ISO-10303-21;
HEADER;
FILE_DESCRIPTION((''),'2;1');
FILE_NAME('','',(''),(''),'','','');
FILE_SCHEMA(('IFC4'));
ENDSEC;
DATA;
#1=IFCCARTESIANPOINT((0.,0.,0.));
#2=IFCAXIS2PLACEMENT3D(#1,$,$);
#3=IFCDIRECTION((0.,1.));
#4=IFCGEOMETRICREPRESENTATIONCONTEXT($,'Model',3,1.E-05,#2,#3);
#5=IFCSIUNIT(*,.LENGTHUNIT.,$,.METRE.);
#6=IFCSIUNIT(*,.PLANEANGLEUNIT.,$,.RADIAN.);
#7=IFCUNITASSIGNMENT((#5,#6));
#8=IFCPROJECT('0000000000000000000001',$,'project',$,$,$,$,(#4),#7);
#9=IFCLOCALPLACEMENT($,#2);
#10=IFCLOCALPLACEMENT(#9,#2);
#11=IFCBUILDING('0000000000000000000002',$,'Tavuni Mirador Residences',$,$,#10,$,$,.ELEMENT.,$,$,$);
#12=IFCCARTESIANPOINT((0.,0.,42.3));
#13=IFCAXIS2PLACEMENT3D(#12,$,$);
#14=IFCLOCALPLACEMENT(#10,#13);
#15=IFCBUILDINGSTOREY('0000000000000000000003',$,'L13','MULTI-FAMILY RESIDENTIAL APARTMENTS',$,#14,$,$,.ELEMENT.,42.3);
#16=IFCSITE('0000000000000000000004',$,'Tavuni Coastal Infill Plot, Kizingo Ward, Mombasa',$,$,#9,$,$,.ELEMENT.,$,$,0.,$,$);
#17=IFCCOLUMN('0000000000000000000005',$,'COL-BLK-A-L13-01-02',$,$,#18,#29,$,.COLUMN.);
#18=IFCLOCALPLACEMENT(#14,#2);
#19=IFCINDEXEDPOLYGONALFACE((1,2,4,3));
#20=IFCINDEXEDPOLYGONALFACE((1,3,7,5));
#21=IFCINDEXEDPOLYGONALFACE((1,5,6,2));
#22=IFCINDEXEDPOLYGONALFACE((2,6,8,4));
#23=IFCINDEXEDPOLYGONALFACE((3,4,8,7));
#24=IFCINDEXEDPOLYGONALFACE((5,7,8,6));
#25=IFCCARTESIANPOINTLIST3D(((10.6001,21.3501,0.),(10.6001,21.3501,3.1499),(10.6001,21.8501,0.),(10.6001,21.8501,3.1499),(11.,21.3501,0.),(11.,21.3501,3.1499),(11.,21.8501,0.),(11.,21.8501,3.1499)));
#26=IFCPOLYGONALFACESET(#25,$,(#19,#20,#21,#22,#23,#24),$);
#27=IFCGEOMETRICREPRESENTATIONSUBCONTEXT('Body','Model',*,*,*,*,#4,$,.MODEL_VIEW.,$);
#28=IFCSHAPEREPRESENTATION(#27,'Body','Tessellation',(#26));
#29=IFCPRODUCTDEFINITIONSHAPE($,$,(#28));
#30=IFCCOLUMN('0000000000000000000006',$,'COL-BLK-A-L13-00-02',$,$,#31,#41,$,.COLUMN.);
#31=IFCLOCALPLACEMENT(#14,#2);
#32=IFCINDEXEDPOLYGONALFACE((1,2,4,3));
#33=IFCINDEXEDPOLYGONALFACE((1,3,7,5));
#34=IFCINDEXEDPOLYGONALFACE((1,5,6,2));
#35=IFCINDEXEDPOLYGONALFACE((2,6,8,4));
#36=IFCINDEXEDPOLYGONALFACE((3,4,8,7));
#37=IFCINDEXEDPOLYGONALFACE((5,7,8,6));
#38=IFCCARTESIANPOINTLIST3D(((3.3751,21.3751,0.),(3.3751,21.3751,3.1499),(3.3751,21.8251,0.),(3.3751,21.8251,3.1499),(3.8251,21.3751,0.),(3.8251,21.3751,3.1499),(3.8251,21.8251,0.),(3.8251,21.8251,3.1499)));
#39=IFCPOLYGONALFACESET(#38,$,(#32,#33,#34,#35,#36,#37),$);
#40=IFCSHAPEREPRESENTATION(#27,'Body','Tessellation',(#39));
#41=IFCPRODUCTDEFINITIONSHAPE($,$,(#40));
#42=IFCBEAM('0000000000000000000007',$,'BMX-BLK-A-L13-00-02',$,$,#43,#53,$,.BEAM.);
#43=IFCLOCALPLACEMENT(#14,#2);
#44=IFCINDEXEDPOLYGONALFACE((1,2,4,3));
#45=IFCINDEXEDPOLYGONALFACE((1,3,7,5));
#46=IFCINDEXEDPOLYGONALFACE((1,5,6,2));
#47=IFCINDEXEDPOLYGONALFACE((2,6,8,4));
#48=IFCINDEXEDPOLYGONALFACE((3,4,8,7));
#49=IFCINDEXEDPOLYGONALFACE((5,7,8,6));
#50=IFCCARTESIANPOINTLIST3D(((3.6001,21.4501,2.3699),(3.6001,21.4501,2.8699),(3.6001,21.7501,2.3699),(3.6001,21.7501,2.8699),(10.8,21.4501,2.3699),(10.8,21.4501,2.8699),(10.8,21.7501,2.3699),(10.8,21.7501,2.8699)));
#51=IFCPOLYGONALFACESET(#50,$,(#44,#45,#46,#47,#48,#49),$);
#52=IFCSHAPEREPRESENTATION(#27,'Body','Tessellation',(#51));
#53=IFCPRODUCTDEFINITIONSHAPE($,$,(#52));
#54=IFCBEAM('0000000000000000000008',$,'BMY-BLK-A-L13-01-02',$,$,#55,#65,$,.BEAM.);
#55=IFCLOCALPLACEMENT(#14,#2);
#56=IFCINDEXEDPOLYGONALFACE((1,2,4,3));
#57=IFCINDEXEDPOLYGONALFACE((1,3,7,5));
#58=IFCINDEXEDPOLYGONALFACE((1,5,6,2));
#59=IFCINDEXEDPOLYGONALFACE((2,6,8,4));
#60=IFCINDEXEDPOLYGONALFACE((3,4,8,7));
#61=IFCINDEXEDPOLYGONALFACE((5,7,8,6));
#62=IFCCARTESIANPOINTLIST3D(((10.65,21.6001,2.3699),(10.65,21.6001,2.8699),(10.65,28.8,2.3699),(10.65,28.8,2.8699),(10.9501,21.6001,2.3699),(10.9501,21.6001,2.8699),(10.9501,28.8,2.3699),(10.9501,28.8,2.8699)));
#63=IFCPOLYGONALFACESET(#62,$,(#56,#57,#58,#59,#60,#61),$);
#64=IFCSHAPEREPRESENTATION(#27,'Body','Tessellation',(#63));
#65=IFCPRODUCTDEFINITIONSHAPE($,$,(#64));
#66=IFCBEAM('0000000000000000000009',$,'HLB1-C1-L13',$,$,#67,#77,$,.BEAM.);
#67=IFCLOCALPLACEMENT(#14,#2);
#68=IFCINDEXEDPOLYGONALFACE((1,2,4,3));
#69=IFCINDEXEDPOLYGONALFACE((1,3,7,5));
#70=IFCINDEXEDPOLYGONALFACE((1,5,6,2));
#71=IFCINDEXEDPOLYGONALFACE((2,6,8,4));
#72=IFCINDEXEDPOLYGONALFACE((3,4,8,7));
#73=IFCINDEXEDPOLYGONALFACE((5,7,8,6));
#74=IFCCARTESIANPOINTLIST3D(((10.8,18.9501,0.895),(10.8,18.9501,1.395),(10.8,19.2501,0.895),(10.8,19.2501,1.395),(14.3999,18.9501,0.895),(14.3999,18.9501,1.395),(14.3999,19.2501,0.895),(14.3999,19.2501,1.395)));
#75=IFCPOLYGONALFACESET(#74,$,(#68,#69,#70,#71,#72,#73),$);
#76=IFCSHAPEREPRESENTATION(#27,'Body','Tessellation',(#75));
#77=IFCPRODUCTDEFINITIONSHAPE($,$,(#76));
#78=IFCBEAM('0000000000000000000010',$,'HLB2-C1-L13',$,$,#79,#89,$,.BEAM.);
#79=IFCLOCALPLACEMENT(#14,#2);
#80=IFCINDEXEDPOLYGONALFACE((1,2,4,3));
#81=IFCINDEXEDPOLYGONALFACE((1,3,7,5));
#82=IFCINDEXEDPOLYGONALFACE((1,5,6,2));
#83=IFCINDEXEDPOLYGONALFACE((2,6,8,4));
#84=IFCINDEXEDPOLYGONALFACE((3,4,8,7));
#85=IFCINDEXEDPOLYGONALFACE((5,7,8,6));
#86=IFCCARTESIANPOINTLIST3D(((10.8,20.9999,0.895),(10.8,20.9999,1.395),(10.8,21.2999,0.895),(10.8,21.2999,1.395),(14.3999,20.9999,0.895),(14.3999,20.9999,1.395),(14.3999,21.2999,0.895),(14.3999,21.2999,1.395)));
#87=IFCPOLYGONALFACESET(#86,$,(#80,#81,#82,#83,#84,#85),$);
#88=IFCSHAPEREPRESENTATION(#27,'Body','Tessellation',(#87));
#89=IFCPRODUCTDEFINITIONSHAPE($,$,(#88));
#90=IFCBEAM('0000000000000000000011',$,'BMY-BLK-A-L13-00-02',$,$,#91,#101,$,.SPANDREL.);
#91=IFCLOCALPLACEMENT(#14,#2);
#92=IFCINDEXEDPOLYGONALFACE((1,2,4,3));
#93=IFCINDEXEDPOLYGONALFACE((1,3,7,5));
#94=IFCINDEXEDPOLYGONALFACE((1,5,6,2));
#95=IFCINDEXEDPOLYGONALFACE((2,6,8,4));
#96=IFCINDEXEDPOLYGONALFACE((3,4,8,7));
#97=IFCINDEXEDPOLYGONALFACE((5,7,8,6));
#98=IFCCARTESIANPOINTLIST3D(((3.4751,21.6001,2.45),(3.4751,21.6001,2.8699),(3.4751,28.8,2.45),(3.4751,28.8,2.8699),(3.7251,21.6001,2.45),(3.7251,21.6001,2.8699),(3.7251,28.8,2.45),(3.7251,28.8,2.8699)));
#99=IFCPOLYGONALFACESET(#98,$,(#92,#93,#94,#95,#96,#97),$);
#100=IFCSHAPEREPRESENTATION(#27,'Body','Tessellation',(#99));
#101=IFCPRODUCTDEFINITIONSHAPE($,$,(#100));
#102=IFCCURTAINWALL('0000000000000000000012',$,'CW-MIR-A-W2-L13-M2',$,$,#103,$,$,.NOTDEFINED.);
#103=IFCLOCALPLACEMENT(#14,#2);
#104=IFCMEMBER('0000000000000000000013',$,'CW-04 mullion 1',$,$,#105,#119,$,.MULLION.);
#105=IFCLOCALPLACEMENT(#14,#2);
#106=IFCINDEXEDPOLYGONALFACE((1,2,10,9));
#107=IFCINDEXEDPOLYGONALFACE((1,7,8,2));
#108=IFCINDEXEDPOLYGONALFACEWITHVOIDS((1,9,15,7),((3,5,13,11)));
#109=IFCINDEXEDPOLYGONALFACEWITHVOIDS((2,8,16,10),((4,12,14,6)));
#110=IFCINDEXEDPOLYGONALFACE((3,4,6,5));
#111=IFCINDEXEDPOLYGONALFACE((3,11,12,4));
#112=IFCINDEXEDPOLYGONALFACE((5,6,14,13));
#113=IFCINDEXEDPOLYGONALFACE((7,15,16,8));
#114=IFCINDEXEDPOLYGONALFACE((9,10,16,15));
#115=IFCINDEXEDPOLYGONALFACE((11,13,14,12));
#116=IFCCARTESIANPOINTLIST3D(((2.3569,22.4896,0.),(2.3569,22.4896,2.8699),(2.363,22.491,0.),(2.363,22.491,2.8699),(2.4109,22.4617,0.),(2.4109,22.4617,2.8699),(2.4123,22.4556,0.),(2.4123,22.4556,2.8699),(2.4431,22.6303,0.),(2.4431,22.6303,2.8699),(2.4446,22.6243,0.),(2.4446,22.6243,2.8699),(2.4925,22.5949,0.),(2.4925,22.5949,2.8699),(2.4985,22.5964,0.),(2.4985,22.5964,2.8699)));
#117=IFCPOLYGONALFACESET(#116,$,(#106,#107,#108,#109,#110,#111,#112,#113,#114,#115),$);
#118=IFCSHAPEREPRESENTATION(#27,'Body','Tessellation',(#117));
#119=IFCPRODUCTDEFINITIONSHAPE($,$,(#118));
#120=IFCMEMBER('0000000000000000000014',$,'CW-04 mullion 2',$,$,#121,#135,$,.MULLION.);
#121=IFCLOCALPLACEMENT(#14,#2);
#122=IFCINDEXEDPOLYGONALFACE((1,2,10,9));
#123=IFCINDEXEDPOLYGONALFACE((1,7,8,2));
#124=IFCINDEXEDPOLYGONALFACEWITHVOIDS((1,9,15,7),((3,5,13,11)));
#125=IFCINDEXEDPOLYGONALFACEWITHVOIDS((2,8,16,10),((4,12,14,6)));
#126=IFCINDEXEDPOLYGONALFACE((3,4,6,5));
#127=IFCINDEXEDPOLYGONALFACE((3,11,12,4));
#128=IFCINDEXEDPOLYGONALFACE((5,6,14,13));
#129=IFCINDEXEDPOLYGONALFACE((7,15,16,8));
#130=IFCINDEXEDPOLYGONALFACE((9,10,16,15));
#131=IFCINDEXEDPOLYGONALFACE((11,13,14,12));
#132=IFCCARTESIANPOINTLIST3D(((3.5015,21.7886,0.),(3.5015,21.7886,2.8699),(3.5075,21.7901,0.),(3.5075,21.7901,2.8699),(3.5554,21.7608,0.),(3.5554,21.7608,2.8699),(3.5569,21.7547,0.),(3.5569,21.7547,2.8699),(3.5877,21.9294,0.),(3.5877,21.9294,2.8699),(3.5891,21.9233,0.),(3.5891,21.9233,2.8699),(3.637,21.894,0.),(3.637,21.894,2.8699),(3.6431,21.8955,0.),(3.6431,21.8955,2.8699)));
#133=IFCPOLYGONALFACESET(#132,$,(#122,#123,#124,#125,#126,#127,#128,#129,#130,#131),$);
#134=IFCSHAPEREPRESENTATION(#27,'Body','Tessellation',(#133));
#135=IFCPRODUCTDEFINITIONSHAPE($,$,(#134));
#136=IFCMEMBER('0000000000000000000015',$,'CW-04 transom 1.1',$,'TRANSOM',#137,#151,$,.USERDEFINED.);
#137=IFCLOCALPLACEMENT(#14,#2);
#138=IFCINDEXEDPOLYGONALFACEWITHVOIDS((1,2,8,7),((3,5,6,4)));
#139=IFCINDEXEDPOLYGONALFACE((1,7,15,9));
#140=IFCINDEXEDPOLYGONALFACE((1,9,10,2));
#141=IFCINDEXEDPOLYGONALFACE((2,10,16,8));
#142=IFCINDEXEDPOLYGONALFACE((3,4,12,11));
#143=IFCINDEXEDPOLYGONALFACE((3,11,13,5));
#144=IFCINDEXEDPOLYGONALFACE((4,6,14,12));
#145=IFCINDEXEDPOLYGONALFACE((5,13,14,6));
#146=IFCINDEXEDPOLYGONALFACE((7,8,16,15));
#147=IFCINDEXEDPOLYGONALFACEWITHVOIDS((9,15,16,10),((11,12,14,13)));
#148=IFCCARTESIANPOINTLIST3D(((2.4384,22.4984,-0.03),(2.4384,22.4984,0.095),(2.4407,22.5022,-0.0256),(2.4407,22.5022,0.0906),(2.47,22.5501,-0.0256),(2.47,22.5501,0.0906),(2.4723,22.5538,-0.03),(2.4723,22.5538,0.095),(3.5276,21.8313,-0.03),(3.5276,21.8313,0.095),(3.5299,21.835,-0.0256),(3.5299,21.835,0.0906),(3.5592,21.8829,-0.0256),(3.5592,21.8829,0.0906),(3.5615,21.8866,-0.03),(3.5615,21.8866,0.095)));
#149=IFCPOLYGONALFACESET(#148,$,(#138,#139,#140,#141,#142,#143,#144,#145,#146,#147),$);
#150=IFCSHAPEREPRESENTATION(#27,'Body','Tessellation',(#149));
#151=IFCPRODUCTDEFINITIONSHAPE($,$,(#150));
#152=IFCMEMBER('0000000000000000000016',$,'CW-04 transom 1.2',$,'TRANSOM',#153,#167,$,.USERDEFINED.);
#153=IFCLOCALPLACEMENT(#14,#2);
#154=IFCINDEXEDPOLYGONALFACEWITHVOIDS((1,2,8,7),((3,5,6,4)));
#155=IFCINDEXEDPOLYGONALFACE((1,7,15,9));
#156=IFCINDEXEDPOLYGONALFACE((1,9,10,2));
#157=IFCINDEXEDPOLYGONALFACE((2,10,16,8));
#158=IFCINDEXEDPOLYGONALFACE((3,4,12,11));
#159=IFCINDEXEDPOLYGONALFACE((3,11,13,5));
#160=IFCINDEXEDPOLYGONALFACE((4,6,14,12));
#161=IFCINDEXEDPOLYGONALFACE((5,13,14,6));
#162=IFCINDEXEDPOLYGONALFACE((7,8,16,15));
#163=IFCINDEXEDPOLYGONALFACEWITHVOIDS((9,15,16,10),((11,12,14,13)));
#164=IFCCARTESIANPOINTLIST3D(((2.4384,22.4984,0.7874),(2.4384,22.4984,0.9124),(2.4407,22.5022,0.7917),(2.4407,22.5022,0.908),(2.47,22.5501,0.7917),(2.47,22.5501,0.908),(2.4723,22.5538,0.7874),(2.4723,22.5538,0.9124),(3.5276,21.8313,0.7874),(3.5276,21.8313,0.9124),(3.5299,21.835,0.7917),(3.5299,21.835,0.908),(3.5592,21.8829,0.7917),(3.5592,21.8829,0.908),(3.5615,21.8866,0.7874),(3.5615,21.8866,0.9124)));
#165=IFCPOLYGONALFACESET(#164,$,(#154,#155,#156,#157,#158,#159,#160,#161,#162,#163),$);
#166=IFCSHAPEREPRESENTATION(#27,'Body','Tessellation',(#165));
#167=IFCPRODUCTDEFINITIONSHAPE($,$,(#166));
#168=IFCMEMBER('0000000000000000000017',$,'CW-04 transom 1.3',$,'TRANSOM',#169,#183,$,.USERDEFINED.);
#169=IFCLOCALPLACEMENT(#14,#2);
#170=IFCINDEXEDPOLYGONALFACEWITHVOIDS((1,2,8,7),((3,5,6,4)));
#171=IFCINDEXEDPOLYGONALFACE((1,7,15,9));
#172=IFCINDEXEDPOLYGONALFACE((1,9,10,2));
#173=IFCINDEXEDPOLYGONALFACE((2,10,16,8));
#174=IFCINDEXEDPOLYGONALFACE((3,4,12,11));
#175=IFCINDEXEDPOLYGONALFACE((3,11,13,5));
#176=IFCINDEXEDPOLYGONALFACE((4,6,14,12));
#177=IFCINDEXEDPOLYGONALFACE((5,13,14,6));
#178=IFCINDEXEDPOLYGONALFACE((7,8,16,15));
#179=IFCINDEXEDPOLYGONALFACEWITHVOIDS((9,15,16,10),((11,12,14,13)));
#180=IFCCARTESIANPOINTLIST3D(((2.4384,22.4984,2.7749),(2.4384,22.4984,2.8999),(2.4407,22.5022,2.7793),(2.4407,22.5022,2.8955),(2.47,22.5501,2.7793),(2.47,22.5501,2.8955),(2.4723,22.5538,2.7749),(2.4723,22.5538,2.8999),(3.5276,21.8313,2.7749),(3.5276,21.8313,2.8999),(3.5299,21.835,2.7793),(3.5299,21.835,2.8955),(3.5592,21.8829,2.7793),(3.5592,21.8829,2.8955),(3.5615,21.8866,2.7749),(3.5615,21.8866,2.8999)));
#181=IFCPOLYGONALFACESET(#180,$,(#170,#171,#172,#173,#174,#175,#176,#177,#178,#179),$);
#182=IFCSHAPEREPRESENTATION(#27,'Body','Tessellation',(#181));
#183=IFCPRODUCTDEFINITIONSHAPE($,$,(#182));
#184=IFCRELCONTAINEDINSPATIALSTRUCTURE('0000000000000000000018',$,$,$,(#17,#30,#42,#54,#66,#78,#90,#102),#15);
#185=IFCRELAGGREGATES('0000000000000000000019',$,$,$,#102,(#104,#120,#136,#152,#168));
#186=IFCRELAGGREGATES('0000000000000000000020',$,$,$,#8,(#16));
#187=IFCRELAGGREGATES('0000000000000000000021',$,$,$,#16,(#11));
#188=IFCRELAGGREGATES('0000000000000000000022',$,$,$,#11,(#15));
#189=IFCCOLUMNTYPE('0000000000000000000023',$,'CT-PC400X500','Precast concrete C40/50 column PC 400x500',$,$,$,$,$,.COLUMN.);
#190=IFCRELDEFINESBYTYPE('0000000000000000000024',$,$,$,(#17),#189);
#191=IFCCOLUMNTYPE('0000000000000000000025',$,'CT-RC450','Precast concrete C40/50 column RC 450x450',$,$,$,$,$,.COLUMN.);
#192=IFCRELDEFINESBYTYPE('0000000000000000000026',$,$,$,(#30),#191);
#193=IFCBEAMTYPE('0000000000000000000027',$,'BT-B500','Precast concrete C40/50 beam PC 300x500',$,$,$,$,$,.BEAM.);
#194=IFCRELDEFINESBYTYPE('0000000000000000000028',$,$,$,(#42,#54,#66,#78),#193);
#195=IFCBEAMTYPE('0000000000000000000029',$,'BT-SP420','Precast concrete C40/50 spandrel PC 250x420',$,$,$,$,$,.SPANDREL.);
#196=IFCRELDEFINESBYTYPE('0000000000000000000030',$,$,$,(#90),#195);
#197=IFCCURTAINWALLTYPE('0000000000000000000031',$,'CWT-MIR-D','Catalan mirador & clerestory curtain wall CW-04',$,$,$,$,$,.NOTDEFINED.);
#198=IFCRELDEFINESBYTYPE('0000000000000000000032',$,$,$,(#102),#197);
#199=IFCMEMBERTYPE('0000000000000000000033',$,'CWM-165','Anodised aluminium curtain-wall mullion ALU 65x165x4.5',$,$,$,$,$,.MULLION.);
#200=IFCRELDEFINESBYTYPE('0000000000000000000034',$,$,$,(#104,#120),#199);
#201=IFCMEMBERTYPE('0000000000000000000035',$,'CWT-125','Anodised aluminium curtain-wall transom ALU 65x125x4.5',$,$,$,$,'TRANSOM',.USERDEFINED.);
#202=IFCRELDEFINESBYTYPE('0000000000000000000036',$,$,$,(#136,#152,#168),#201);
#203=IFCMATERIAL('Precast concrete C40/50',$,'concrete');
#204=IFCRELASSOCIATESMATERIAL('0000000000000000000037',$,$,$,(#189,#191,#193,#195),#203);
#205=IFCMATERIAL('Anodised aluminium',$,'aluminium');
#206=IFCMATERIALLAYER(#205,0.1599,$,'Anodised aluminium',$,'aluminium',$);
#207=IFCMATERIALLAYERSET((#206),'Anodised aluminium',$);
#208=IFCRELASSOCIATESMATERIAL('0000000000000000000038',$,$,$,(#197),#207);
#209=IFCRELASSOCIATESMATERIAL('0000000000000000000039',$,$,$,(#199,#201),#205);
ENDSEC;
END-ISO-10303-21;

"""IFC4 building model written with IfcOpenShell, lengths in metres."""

from ifc_helpers import new_model, si_unit, direction, frame, origin, origin_2d, place, context, subcontext, project, spatial, rectangle, hollow_rectangle, extrude, material, layer, layer_set, material_profile, profile_set, type_object, element, aggregate, save


model = new_model("IFC4")

# Units and contexts
model_context = context("Model", 3, precision=1e-05, world=origin(), true_north=direction((0.0, 1.0)))
body_context = subcontext(model_context, "Body", "Model", "MODEL_VIEW")
ifc_project = project(units=[si_unit("LENGTHUNIT", "METRE"), si_unit("PLANEANGLEUNIT", "RADIAN")], contexts=[model_context])

# Site, building, storey
site_placement = place(None, origin())
site = spatial("IfcSite", under=ifc_project, at=site_placement, Name="Tavuni Coastal Infill Plot, Kizingo Ward, Mombasa", CompositionType="ELEMENT", RefElevation=0.0)
building_placement = place(site_placement, origin())
building = spatial("IfcBuilding", under=site, at=building_placement, Name="Tavuni Mirador Residences", CompositionType="ELEMENT")
storey_placement = place(building_placement, frame((0.0, 0.0, 42.3)))
storey = spatial("IfcBuildingStorey", under=building, at=storey_placement, Name="L13", Description="MULTI-FAMILY RESIDENTIAL APARTMENTS", CompositionType="ELEMENT", Elevation=42.3)

# Columns
ifc_material_1 = material(Name="Precast concrete C40/50", Category="concrete")
ifc_material_profile_1 = material_profile(ifc_material_1, rectangle(XDim=0.3999, YDim=0.5, at=origin_2d()), Name="PC 400x500", Category="concrete")
ifc_profile_set_1 = profile_set([ifc_material_profile_1], Name="Precast concrete C40/50")
column_type_1 = type_object("IfcColumnType", Name="CT-PC400X500", Description="Precast concrete C40/50 column PC 400x500", PredefinedType="COLUMN", material=ifc_profile_set_1)
column_1_placement = place(storey_placement, frame((10.8, 21.6001, 0.0), z_axis=(0.0, 0.0, 1.0), x_axis=(1.0, 0.0, 0.0)))
element("IfcColumn", 1, at=column_1_placement, inside=storey, type_object=column_type_1, Name="COL-BLK-A-L13-01-02", PredefinedType="COLUMN", context=body_context, shape_type="SweptSolid", body=[
    extrude(rectangle(XDim=0.3999, YDim=0.5, at=origin_2d()), origin(), (0.0, 0.0, 1.0), 3.1499),
])
ifc_material_profile_2 = material_profile(ifc_material_1, rectangle(XDim=0.45, YDim=0.45, at=origin_2d()), Name="RC 450x450", Category="concrete")
ifc_profile_set_2 = profile_set([ifc_material_profile_2], Name="Precast concrete C40/50")
column_type_2 = type_object("IfcColumnType", Name="CT-RC450", Description="Precast concrete C40/50 column RC 450x450", PredefinedType="COLUMN", material=ifc_profile_set_2)
column_2_placement = place(storey_placement, frame((3.6001, 21.6001, 0.0), z_axis=(0.0, 0.0, 1.0), x_axis=(1.0, 0.0, 0.0)))
element("IfcColumn", 2, at=column_2_placement, inside=storey, type_object=column_type_2, Name="COL-BLK-A-L13-00-02", PredefinedType="COLUMN", context=body_context, shape_type="SweptSolid", body=[
    extrude(rectangle(XDim=0.45, YDim=0.45, at=origin_2d()), origin(), (0.0, 0.0, 1.0), 3.1499),
])

# Beams
ifc_material_profile_3 = material_profile(ifc_material_1, rectangle(XDim=0.3, YDim=0.5, at=origin_2d()), Name="PC 300x500", Category="concrete")
ifc_profile_set_3 = profile_set([ifc_material_profile_3], Name="Precast concrete C40/50")
beam_type_1 = type_object("IfcBeamType", Name="BT-B500", Description="Precast concrete C40/50 beam PC 300x500", PredefinedType="BEAM", material=ifc_profile_set_3)
for number, where, z_axis, x_axis, name in (
    (3, (3.6001, 21.6001, 2.6199), (1.0, 0.0, 0.0), (0.0, 1.0, 0.0), "BMX-BLK-A-L13-00-02"),
    (4, (10.8, 21.6001, 2.6199), (0.0, 1.0, 0.0), (-1.0, 0.0, 0.0), "BMY-BLK-A-L13-01-02"),
):
    element("IfcBeam", number, at=place(storey_placement, frame(where, z_axis=z_axis, x_axis=x_axis)), inside=storey, type_object=beam_type_1, Name=name, PredefinedType="BEAM", context=body_context, shape_type="SweptSolid", body=[
        extrude(rectangle(XDim=0.3, YDim=0.5, at=origin_2d()), origin(), (0.0, 0.0, 1.0), 7.2),
    ])
for number, where, z_axis, x_axis, name in (
    (5, (10.8, 19.1001, 1.145), (1.0, 0.0, 0.0), (0.0, 1.0, 0.0), "HLB1-C1-L13"),
    (6, (10.8, 21.1499, 1.145), (1.0, 0.0, 0.0), (0.0, 1.0, 0.0), "HLB2-C1-L13"),
):
    element("IfcBeam", number, at=place(storey_placement, frame(where, z_axis=z_axis, x_axis=x_axis)), inside=storey, type_object=beam_type_1, Name=name, PredefinedType="BEAM", context=body_context, shape_type="SweptSolid", body=[
        extrude(rectangle(XDim=0.3, YDim=0.5, at=origin_2d()), origin(), (0.0, 0.0, 1.0), 3.5999),
    ])
ifc_material_profile_4 = material_profile(ifc_material_1, rectangle(XDim=0.25, YDim=0.4199, at=origin_2d()), Name="PC 250x420", Category="concrete")
ifc_profile_set_4 = profile_set([ifc_material_profile_4], Name="Precast concrete C40/50")
beam_type_2 = type_object("IfcBeamType", Name="BT-SP420", Description="Precast concrete C40/50 spandrel PC 250x420", PredefinedType="SPANDREL", material=ifc_profile_set_4)
beam_placement = place(storey_placement, frame((3.6001, 21.6001, 2.6599), z_axis=(0.0, 1.0, 0.0), x_axis=(-1.0, 0.0, 0.0)))
element("IfcBeam", 7, at=beam_placement, inside=storey, type_object=beam_type_2, Name="BMY-BLK-A-L13-00-02", PredefinedType="SPANDREL", context=body_context, shape_type="SweptSolid", body=[
    extrude(rectangle(XDim=0.25, YDim=0.4199, at=origin_2d()), origin(), (0.0, 0.0, 1.0), 7.2),
])

# Curtain wall, members
ifc_material_2 = material(Name="Anodised aluminium", Category="aluminium")
ifc_layer_1 = layer(ifc_material_2, 0.1599, Name="Anodised aluminium", Category="aluminium")
ifc_layer_set_1 = layer_set([ifc_layer_1], Name="Anodised aluminium")
curtain_wall_type = type_object("IfcCurtainWallType", Name="CWT-MIR-D", Description="Catalan mirador & clerestory curtain wall CW-04", PredefinedType="NOTDEFINED", material=ifc_layer_set_1)
curtain_wall_placement = place(storey_placement, origin())
curtain_wall = element("IfcCurtainWall", 8, at=curtain_wall_placement, inside=storey, type_object=curtain_wall_type, Name="CW-MIR-A-W2-L13-M2", PredefinedType="NOTDEFINED")
ifc_material_profile_5 = material_profile(ifc_material_2, hollow_rectangle(XDim=0.0649, YDim=0.165, WallThickness=0.0044, at=origin_2d()), Name="ALU 65x165x4.5", Category="aluminium")
ifc_profile_set_5 = profile_set([ifc_material_profile_5], Name="Anodised aluminium")
member_type_1 = type_object("IfcMemberType", Name="CWM-165", Description="Anodised aluminium curtain-wall mullion ALU 65x165x4.5", PredefinedType="MULLION", material=ifc_profile_set_5)
member_1_placement = place(storey_placement, frame((2.4277, 22.543, 0.0), z_axis=(0.0, 0.0, 1.0), x_axis=(0.852754, -0.522312, 0.0)))
member_1 = element("IfcMember", 9, at=member_1_placement, type_object=member_type_1, Name="CW-04 mullion 1", PredefinedType="MULLION", context=body_context, shape_type="SweptSolid", body=[
    extrude(hollow_rectangle(XDim=0.0649, YDim=0.165, WallThickness=0.0044, at=origin_2d()), origin(), (0.0, 0.0, 1.0), 2.8699),
])
member_2_placement = place(storey_placement, frame((3.5723, 21.842, 0.0), z_axis=(0.0, 0.0, 1.0), x_axis=(0.852754, -0.522312, 0.0)))
member_2 = element("IfcMember", 10, at=member_2_placement, type_object=member_type_1, Name="CW-04 mullion 2", PredefinedType="MULLION", context=body_context, shape_type="SweptSolid", body=[
    extrude(hollow_rectangle(XDim=0.0649, YDim=0.165, WallThickness=0.0044, at=origin_2d()), origin(), (0.0, 0.0, 1.0), 2.8699),
])
ifc_material_profile_6 = material_profile(ifc_material_2, hollow_rectangle(XDim=0.0649, YDim=0.125, WallThickness=0.0044, at=origin_2d()), Name="ALU 65x125x4.5", Category="aluminium")
ifc_profile_set_6 = profile_set([ifc_material_profile_6], Name="Anodised aluminium")
member_type_2 = type_object("IfcMemberType", Name="CWT-125", Description="Anodised aluminium curtain-wall transom ALU 65x125x4.5", ElementType="TRANSOM", PredefinedType="USERDEFINED", material=ifc_profile_set_6)
member_3_placement = place(storey_placement, frame((2.4553, 22.5261, 0.0325), z_axis=(0.852752, -0.522316, 0.0), x_axis=(0.522316, 0.852752, 0.0)))
member_3 = element("IfcMember", 11, at=member_3_placement, type_object=member_type_2, Name="CW-04 transom 1.1", ObjectType="TRANSOM", PredefinedType="USERDEFINED", context=body_context, shape_type="SweptSolid", body=[
    extrude(hollow_rectangle(XDim=0.0649, YDim=0.125, WallThickness=0.0044, at=origin_2d()), origin(), (0.0, 0.0, 1.0), 1.2773),
])
member_4_placement = place(storey_placement, frame((2.4553, 22.5261, 0.8499), z_axis=(0.852752, -0.522316, 0.0), x_axis=(0.522316, 0.852752, 0.0)))
member_4 = element("IfcMember", 12, at=member_4_placement, type_object=member_type_2, Name="CW-04 transom 1.2", ObjectType="TRANSOM", PredefinedType="USERDEFINED", context=body_context, shape_type="SweptSolid", body=[
    extrude(hollow_rectangle(XDim=0.0649, YDim=0.125, WallThickness=0.0044, at=origin_2d()), origin(), (0.0, 0.0, 1.0), 1.2773),
])
member_5_placement = place(storey_placement, frame((2.4553, 22.5261, 2.8374), z_axis=(0.852752, -0.522316, 0.0), x_axis=(0.522316, 0.852752, 0.0)))
member_5 = element("IfcMember", 13, at=member_5_placement, type_object=member_type_2, Name="CW-04 transom 1.3", ObjectType="TRANSOM", PredefinedType="USERDEFINED", context=body_context, shape_type="SweptSolid", body=[
    extrude(hollow_rectangle(XDim=0.0649, YDim=0.125, WallThickness=0.0044, at=origin_2d()), origin(), (0.0, 0.0, 1.0), 1.2773),
])

aggregate(curtain_wall, [member_1, member_2, member_3, member_4, member_5])

save(model, "model.ifc")
